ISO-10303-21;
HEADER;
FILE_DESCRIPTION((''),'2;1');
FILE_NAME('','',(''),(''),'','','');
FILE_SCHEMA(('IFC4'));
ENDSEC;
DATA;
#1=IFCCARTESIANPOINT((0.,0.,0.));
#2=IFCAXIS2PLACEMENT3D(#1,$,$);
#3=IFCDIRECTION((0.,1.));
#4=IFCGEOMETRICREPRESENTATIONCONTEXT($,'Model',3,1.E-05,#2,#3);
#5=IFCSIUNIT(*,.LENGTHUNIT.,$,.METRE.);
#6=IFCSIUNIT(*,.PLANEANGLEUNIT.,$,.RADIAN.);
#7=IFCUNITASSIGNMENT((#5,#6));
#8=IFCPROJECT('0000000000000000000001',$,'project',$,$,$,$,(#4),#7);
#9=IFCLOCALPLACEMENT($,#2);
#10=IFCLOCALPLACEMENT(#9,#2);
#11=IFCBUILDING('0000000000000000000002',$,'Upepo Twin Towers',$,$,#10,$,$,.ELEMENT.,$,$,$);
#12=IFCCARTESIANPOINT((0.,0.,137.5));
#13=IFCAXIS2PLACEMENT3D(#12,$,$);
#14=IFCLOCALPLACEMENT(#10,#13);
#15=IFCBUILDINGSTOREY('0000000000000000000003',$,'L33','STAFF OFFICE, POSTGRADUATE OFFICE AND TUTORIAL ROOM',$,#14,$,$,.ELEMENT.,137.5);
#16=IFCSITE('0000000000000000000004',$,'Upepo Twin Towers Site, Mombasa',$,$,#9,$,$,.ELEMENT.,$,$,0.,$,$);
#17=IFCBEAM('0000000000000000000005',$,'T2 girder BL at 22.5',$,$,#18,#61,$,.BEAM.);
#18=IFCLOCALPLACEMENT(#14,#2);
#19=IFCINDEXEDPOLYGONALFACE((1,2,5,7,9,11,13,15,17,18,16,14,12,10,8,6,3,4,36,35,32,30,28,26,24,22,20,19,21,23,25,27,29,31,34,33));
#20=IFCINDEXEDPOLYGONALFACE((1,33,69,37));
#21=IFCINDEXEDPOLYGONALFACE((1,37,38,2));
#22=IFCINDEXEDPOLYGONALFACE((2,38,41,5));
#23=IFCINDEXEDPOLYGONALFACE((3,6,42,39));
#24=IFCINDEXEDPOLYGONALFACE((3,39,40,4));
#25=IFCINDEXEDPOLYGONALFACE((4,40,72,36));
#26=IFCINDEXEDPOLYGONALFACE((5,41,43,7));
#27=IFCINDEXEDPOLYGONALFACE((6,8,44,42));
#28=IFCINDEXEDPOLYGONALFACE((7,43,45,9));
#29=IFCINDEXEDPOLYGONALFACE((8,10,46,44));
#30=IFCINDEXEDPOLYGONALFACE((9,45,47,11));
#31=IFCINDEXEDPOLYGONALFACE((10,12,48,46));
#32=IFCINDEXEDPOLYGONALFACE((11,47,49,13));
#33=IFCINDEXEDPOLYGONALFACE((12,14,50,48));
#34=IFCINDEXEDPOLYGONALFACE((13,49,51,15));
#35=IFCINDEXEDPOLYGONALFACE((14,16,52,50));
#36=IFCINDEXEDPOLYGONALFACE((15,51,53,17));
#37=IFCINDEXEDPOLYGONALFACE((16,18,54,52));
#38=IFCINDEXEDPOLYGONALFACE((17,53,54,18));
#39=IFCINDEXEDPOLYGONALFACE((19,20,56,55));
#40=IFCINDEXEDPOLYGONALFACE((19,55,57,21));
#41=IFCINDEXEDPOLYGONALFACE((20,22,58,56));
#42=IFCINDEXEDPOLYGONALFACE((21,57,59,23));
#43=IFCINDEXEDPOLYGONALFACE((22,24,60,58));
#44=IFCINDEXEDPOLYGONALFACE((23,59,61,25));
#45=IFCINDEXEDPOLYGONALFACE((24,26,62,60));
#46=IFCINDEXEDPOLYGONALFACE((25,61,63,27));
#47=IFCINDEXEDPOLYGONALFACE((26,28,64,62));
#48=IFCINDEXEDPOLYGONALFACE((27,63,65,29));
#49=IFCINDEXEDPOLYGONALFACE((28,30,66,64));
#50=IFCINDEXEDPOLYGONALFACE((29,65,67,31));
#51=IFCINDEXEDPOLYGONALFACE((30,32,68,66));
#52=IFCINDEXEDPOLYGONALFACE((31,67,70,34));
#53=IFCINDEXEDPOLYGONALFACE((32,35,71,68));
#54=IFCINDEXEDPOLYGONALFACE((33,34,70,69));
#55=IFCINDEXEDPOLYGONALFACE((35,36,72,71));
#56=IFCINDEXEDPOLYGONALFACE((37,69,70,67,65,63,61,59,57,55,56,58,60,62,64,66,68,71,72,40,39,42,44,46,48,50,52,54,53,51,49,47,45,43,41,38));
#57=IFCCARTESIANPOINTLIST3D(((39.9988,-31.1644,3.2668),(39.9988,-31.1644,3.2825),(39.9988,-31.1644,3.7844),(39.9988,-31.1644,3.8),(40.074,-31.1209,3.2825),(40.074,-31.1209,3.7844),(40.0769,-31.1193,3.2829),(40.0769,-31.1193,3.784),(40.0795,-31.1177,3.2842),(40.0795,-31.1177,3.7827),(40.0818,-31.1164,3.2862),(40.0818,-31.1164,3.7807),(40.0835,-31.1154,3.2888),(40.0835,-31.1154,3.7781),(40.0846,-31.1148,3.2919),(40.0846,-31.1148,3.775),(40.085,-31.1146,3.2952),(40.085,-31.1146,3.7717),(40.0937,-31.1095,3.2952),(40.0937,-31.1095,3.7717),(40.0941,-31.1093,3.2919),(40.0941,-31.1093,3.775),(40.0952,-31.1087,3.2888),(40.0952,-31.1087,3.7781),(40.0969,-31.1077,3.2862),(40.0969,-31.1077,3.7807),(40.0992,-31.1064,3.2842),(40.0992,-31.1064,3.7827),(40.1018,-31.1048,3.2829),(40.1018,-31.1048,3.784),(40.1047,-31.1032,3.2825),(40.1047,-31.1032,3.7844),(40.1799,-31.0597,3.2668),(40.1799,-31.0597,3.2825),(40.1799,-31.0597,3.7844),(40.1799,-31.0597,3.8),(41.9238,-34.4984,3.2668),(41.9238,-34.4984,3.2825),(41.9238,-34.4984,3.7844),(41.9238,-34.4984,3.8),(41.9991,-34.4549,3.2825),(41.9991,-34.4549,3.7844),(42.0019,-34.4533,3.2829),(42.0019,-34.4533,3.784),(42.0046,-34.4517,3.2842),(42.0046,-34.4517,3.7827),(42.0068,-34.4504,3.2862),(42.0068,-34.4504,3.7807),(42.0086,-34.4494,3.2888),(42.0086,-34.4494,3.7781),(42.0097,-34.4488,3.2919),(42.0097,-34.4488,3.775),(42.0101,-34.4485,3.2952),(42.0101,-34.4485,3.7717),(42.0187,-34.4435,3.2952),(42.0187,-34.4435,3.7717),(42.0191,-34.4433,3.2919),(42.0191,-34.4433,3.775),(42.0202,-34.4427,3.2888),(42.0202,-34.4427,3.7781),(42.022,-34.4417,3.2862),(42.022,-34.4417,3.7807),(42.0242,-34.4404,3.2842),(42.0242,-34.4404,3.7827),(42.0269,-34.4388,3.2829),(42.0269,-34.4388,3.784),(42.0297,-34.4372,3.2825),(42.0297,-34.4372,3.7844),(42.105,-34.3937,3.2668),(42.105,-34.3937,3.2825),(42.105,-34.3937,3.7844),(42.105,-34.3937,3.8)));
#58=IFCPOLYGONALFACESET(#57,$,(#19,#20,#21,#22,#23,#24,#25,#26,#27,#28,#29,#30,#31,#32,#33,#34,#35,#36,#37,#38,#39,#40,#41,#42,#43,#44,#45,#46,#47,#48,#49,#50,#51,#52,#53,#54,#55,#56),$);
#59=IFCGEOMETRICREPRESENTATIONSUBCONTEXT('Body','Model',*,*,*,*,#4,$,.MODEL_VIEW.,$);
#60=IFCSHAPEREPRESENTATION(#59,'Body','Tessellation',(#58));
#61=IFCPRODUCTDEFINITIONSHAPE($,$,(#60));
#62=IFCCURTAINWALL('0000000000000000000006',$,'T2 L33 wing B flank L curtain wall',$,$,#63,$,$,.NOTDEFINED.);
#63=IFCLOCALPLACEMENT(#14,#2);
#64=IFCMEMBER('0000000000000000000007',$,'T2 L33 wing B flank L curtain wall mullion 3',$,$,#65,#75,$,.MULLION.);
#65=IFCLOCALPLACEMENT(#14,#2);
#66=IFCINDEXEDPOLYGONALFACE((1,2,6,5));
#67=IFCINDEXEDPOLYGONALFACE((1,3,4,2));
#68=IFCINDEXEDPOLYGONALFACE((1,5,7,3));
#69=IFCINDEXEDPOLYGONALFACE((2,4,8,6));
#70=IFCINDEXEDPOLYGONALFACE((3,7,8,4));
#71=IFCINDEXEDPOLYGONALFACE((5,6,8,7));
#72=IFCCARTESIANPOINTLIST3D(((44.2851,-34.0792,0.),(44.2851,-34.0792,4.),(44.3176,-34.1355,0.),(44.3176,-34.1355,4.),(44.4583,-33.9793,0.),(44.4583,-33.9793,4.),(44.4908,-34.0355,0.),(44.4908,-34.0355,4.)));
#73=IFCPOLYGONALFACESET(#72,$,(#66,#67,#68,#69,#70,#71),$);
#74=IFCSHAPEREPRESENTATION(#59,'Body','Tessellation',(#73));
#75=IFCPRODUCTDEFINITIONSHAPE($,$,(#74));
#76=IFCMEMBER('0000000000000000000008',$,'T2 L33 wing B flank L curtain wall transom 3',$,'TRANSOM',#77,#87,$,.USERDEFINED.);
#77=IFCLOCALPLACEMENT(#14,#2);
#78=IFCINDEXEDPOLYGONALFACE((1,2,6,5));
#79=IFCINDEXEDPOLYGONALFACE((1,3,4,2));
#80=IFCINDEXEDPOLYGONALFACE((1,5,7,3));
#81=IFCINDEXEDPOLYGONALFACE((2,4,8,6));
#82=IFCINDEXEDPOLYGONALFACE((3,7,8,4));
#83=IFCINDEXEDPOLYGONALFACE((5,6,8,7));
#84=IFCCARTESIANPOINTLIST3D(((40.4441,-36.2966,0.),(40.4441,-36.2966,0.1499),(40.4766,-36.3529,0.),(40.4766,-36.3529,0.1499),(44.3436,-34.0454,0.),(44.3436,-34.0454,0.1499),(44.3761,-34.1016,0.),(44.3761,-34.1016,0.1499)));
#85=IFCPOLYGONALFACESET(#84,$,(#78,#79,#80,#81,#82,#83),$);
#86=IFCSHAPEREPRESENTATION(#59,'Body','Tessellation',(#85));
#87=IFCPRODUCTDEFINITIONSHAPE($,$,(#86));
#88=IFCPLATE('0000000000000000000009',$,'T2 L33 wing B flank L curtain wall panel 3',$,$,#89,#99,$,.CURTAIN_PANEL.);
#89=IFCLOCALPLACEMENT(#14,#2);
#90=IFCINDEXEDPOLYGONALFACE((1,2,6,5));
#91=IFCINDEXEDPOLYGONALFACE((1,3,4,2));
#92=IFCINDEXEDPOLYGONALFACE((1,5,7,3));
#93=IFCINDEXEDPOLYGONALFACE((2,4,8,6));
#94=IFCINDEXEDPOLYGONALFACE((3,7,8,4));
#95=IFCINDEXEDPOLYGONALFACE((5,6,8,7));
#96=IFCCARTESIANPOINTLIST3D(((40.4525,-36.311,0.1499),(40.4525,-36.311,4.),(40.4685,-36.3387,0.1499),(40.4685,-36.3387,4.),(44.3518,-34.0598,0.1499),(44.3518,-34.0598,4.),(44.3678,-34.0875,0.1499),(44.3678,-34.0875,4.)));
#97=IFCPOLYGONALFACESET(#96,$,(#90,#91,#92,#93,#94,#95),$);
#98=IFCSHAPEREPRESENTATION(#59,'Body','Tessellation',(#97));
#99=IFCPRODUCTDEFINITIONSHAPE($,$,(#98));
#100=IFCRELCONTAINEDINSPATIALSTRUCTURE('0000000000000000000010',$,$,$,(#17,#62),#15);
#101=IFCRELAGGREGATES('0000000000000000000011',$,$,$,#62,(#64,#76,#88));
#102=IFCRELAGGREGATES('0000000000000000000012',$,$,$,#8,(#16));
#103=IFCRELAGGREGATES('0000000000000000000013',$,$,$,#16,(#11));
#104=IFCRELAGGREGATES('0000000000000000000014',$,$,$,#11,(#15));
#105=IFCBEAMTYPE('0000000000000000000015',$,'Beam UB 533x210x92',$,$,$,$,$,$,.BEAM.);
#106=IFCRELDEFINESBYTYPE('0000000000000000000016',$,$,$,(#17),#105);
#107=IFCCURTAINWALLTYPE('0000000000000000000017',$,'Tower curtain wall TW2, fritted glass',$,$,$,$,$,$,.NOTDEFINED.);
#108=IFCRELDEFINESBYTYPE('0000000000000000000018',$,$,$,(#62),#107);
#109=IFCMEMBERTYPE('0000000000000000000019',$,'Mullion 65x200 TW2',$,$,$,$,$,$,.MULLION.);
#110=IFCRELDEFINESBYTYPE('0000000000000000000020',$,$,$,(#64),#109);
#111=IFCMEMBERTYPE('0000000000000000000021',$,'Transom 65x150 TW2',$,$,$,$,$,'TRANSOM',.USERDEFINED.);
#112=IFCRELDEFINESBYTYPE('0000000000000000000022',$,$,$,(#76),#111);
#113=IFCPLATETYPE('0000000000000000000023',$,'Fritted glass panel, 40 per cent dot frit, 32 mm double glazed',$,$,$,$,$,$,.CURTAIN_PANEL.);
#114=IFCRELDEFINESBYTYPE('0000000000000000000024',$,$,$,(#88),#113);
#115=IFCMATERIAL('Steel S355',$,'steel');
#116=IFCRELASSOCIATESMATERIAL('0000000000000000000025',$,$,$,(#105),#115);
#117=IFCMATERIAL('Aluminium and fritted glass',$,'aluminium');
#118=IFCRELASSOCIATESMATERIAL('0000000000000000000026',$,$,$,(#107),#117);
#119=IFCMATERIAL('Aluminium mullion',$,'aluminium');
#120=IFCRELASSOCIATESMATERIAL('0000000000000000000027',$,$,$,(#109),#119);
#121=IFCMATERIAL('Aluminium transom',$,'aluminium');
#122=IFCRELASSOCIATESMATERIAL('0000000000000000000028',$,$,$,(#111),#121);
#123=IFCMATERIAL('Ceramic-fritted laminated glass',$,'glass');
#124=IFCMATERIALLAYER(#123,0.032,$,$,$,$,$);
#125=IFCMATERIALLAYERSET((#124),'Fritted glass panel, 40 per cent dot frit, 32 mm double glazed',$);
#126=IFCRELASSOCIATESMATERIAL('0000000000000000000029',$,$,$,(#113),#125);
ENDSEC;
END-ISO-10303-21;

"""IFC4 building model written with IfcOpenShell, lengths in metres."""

from ifc_helpers import new_model, si_unit, direction, frame, origin, origin_2d, place, context, subcontext, project, spatial, rectangle, i_section, extrude, material, layer, layer_set, material_profile, profile_set, type_object, element, aggregate, save


model = new_model("IFC4")

# Units and contexts
model_context = context("Model", 3, precision=1e-05, world=origin(), true_north=direction((0.0, 1.0)))
body_context = subcontext(model_context, "Body", "Model", "MODEL_VIEW")
ifc_project = project(units=[si_unit("LENGTHUNIT", "METRE"), si_unit("PLANEANGLEUNIT", "RADIAN")], contexts=[model_context])

# Site, building, storey
site_placement = place(None, origin())
site = spatial("IfcSite", under=ifc_project, at=site_placement, Name="Upepo Twin Towers Site, Mombasa", CompositionType="ELEMENT", RefElevation=0.0)
building_placement = place(site_placement, origin())
building = spatial("IfcBuilding", under=site, at=building_placement, Name="Upepo Twin Towers", CompositionType="ELEMENT")
storey_placement = place(building_placement, frame((0.0, 0.0, 137.5)))
storey = spatial("IfcBuildingStorey", under=building, at=storey_placement, Name="L33", Description="STAFF OFFICE, POSTGRADUATE OFFICE AND TUTORIAL ROOM", CompositionType="ELEMENT", Elevation=137.5)

# Beam
ifc_material_1 = material(Name="Steel S355", Category="steel")
ifc_material_profile_1 = material_profile(ifc_material_1, i_section(OverallWidth=0.2092, OverallDepth=0.5332, WebThickness=0.01, FlangeThickness=0.0156, FilletRadius=0.0127, at=origin_2d()), Name="UB 533x210x92")
ifc_profile_set_1 = profile_set([ifc_material_profile_1], Name="Steel S355")
beam_type_1 = type_object("IfcBeamType", Name="Beam UB 533x210x92", PredefinedType="BEAM", material=ifc_profile_set_1)
for number, where, z_axis, x_axis, name in (
    (1, (42.0144, -34.446, 3.5334), (-0.500034, 0.866006, 0.0), (-0.866006, -0.500034, 0.0), "T2 girder BL at 22.5"),
):
    element("IfcBeam", number, at=place(storey_placement, frame(where, z_axis=z_axis, x_axis=x_axis)), inside=storey, type_object=beam_type_1, Name=name, PredefinedType="BEAM", context=body_context, shape_type="SweptSolid", body=[
        extrude(i_section(OverallWidth=0.2092, OverallDepth=0.5332, WebThickness=0.01, FlangeThickness=0.0156, FilletRadius=0.0127, at=origin_2d()), origin(), (0.0, 0.0, 1.0), 3.8499),
    ])

# Curtain wall, members, plate
ifc_material_2 = material(Name="Aluminium and fritted glass", Category="aluminium")
curtain_wall_type = type_object("IfcCurtainWallType", Name="Tower curtain wall TW2, fritted glass", PredefinedType="NOTDEFINED", material=ifc_material_2)
curtain_wall_placement = place(storey_placement, origin())
curtain_wall = element("IfcCurtainWall", 2, at=curtain_wall_placement, inside=storey, type_object=curtain_wall_type, Name="T2 L33 wing B flank L curtain wall", PredefinedType="NOTDEFINED")
ifc_material_3 = material(Name="Aluminium mullion", Category="aluminium")
ifc_material_profile_2 = material_profile(ifc_material_3, rectangle(XDim=0.0649, YDim=0.2, at=origin_2d()), Name="MULLION 65x200")
ifc_profile_set_2 = profile_set([ifc_material_profile_2], Name="Aluminium mullion")
member_type_1 = type_object("IfcMemberType", Name="Mullion 65x200 TW2", PredefinedType="MULLION", material=ifc_profile_set_2)
member_1_placement = place(storey_placement, frame((44.3879, -34.0574, 0.0), z_axis=(0.0, 0.0, 1.0), x_axis=(0.5, -0.866025, 0.0)))
member_1 = element("IfcMember", 3, at=member_1_placement, type_object=member_type_1, Name="T2 L33 wing B flank L curtain wall mullion 3", PredefinedType="MULLION", context=body_context, shape_type="SweptSolid", body=[
    extrude(rectangle(XDim=0.0649, YDim=0.2, at=origin_2d()), origin(), (0.0, 0.0, 1.0), 4.0),
])
ifc_material_4 = material(Name="Aluminium transom", Category="aluminium")
ifc_material_profile_3 = material_profile(ifc_material_4, rectangle(XDim=0.0649, YDim=0.1499, at=origin_2d()), Name="TRANSOM 65x150")
ifc_profile_set_3 = profile_set([ifc_material_profile_3], Name="Aluminium transom")
member_type_2 = type_object("IfcMemberType", Name="Transom 65x150 TW2", ElementType="TRANSOM", PredefinedType="USERDEFINED", material=ifc_profile_set_3)
member_2_placement = place(storey_placement, frame((44.3599, -34.0735, 0.075), z_axis=(-0.866036, -0.499982, 0.0), x_axis=(0.499982, -0.866036, 0.0)))
member_2 = element("IfcMember", 4, at=member_2_placement, type_object=member_type_2, Name="T2 L33 wing B flank L curtain wall transom 3", ObjectType="TRANSOM", PredefinedType="USERDEFINED", context=body_context, shape_type="SweptSolid", body=[
    extrude(rectangle(XDim=0.0649, YDim=0.1499, at=origin_2d()), origin(), (0.0, 0.0, 1.0), 4.5027),
])
ifc_material_5 = material(Name="Ceramic-fritted laminated glass", Category="glass")
ifc_layer_1 = layer(ifc_material_5, 0.032)
ifc_layer_set_1 = layer_set([ifc_layer_1], Name="Fritted glass panel, 40 per cent dot frit, 32 mm double glazed")
plate_type = type_object("IfcPlateType", Name="Fritted glass panel, 40 per cent dot frit, 32 mm double glazed", PredefinedType="CURTAIN_PANEL", material=ifc_layer_set_1)
plate_placement = place(storey_placement, frame((42.4102, -35.1992, 0.1499), z_axis=(0.0, 0.0, 1.0), x_axis=(-0.866025, -0.5, 0.0)))
plate = element("IfcPlate", 5, at=plate_placement, type_object=plate_type, Name="T2 L33 wing B flank L curtain wall panel 3", PredefinedType="CURTAIN_PANEL", context=body_context, shape_type="SweptSolid", body=[
    extrude(rectangle(XDim=4.5024, YDim=0.032, at=origin_2d()), origin(), (0.0, 0.0, 1.0), 3.8501),
])
aggregate(curtain_wall, [member_1, member_2, plate])

save(model, "model.ifc")
